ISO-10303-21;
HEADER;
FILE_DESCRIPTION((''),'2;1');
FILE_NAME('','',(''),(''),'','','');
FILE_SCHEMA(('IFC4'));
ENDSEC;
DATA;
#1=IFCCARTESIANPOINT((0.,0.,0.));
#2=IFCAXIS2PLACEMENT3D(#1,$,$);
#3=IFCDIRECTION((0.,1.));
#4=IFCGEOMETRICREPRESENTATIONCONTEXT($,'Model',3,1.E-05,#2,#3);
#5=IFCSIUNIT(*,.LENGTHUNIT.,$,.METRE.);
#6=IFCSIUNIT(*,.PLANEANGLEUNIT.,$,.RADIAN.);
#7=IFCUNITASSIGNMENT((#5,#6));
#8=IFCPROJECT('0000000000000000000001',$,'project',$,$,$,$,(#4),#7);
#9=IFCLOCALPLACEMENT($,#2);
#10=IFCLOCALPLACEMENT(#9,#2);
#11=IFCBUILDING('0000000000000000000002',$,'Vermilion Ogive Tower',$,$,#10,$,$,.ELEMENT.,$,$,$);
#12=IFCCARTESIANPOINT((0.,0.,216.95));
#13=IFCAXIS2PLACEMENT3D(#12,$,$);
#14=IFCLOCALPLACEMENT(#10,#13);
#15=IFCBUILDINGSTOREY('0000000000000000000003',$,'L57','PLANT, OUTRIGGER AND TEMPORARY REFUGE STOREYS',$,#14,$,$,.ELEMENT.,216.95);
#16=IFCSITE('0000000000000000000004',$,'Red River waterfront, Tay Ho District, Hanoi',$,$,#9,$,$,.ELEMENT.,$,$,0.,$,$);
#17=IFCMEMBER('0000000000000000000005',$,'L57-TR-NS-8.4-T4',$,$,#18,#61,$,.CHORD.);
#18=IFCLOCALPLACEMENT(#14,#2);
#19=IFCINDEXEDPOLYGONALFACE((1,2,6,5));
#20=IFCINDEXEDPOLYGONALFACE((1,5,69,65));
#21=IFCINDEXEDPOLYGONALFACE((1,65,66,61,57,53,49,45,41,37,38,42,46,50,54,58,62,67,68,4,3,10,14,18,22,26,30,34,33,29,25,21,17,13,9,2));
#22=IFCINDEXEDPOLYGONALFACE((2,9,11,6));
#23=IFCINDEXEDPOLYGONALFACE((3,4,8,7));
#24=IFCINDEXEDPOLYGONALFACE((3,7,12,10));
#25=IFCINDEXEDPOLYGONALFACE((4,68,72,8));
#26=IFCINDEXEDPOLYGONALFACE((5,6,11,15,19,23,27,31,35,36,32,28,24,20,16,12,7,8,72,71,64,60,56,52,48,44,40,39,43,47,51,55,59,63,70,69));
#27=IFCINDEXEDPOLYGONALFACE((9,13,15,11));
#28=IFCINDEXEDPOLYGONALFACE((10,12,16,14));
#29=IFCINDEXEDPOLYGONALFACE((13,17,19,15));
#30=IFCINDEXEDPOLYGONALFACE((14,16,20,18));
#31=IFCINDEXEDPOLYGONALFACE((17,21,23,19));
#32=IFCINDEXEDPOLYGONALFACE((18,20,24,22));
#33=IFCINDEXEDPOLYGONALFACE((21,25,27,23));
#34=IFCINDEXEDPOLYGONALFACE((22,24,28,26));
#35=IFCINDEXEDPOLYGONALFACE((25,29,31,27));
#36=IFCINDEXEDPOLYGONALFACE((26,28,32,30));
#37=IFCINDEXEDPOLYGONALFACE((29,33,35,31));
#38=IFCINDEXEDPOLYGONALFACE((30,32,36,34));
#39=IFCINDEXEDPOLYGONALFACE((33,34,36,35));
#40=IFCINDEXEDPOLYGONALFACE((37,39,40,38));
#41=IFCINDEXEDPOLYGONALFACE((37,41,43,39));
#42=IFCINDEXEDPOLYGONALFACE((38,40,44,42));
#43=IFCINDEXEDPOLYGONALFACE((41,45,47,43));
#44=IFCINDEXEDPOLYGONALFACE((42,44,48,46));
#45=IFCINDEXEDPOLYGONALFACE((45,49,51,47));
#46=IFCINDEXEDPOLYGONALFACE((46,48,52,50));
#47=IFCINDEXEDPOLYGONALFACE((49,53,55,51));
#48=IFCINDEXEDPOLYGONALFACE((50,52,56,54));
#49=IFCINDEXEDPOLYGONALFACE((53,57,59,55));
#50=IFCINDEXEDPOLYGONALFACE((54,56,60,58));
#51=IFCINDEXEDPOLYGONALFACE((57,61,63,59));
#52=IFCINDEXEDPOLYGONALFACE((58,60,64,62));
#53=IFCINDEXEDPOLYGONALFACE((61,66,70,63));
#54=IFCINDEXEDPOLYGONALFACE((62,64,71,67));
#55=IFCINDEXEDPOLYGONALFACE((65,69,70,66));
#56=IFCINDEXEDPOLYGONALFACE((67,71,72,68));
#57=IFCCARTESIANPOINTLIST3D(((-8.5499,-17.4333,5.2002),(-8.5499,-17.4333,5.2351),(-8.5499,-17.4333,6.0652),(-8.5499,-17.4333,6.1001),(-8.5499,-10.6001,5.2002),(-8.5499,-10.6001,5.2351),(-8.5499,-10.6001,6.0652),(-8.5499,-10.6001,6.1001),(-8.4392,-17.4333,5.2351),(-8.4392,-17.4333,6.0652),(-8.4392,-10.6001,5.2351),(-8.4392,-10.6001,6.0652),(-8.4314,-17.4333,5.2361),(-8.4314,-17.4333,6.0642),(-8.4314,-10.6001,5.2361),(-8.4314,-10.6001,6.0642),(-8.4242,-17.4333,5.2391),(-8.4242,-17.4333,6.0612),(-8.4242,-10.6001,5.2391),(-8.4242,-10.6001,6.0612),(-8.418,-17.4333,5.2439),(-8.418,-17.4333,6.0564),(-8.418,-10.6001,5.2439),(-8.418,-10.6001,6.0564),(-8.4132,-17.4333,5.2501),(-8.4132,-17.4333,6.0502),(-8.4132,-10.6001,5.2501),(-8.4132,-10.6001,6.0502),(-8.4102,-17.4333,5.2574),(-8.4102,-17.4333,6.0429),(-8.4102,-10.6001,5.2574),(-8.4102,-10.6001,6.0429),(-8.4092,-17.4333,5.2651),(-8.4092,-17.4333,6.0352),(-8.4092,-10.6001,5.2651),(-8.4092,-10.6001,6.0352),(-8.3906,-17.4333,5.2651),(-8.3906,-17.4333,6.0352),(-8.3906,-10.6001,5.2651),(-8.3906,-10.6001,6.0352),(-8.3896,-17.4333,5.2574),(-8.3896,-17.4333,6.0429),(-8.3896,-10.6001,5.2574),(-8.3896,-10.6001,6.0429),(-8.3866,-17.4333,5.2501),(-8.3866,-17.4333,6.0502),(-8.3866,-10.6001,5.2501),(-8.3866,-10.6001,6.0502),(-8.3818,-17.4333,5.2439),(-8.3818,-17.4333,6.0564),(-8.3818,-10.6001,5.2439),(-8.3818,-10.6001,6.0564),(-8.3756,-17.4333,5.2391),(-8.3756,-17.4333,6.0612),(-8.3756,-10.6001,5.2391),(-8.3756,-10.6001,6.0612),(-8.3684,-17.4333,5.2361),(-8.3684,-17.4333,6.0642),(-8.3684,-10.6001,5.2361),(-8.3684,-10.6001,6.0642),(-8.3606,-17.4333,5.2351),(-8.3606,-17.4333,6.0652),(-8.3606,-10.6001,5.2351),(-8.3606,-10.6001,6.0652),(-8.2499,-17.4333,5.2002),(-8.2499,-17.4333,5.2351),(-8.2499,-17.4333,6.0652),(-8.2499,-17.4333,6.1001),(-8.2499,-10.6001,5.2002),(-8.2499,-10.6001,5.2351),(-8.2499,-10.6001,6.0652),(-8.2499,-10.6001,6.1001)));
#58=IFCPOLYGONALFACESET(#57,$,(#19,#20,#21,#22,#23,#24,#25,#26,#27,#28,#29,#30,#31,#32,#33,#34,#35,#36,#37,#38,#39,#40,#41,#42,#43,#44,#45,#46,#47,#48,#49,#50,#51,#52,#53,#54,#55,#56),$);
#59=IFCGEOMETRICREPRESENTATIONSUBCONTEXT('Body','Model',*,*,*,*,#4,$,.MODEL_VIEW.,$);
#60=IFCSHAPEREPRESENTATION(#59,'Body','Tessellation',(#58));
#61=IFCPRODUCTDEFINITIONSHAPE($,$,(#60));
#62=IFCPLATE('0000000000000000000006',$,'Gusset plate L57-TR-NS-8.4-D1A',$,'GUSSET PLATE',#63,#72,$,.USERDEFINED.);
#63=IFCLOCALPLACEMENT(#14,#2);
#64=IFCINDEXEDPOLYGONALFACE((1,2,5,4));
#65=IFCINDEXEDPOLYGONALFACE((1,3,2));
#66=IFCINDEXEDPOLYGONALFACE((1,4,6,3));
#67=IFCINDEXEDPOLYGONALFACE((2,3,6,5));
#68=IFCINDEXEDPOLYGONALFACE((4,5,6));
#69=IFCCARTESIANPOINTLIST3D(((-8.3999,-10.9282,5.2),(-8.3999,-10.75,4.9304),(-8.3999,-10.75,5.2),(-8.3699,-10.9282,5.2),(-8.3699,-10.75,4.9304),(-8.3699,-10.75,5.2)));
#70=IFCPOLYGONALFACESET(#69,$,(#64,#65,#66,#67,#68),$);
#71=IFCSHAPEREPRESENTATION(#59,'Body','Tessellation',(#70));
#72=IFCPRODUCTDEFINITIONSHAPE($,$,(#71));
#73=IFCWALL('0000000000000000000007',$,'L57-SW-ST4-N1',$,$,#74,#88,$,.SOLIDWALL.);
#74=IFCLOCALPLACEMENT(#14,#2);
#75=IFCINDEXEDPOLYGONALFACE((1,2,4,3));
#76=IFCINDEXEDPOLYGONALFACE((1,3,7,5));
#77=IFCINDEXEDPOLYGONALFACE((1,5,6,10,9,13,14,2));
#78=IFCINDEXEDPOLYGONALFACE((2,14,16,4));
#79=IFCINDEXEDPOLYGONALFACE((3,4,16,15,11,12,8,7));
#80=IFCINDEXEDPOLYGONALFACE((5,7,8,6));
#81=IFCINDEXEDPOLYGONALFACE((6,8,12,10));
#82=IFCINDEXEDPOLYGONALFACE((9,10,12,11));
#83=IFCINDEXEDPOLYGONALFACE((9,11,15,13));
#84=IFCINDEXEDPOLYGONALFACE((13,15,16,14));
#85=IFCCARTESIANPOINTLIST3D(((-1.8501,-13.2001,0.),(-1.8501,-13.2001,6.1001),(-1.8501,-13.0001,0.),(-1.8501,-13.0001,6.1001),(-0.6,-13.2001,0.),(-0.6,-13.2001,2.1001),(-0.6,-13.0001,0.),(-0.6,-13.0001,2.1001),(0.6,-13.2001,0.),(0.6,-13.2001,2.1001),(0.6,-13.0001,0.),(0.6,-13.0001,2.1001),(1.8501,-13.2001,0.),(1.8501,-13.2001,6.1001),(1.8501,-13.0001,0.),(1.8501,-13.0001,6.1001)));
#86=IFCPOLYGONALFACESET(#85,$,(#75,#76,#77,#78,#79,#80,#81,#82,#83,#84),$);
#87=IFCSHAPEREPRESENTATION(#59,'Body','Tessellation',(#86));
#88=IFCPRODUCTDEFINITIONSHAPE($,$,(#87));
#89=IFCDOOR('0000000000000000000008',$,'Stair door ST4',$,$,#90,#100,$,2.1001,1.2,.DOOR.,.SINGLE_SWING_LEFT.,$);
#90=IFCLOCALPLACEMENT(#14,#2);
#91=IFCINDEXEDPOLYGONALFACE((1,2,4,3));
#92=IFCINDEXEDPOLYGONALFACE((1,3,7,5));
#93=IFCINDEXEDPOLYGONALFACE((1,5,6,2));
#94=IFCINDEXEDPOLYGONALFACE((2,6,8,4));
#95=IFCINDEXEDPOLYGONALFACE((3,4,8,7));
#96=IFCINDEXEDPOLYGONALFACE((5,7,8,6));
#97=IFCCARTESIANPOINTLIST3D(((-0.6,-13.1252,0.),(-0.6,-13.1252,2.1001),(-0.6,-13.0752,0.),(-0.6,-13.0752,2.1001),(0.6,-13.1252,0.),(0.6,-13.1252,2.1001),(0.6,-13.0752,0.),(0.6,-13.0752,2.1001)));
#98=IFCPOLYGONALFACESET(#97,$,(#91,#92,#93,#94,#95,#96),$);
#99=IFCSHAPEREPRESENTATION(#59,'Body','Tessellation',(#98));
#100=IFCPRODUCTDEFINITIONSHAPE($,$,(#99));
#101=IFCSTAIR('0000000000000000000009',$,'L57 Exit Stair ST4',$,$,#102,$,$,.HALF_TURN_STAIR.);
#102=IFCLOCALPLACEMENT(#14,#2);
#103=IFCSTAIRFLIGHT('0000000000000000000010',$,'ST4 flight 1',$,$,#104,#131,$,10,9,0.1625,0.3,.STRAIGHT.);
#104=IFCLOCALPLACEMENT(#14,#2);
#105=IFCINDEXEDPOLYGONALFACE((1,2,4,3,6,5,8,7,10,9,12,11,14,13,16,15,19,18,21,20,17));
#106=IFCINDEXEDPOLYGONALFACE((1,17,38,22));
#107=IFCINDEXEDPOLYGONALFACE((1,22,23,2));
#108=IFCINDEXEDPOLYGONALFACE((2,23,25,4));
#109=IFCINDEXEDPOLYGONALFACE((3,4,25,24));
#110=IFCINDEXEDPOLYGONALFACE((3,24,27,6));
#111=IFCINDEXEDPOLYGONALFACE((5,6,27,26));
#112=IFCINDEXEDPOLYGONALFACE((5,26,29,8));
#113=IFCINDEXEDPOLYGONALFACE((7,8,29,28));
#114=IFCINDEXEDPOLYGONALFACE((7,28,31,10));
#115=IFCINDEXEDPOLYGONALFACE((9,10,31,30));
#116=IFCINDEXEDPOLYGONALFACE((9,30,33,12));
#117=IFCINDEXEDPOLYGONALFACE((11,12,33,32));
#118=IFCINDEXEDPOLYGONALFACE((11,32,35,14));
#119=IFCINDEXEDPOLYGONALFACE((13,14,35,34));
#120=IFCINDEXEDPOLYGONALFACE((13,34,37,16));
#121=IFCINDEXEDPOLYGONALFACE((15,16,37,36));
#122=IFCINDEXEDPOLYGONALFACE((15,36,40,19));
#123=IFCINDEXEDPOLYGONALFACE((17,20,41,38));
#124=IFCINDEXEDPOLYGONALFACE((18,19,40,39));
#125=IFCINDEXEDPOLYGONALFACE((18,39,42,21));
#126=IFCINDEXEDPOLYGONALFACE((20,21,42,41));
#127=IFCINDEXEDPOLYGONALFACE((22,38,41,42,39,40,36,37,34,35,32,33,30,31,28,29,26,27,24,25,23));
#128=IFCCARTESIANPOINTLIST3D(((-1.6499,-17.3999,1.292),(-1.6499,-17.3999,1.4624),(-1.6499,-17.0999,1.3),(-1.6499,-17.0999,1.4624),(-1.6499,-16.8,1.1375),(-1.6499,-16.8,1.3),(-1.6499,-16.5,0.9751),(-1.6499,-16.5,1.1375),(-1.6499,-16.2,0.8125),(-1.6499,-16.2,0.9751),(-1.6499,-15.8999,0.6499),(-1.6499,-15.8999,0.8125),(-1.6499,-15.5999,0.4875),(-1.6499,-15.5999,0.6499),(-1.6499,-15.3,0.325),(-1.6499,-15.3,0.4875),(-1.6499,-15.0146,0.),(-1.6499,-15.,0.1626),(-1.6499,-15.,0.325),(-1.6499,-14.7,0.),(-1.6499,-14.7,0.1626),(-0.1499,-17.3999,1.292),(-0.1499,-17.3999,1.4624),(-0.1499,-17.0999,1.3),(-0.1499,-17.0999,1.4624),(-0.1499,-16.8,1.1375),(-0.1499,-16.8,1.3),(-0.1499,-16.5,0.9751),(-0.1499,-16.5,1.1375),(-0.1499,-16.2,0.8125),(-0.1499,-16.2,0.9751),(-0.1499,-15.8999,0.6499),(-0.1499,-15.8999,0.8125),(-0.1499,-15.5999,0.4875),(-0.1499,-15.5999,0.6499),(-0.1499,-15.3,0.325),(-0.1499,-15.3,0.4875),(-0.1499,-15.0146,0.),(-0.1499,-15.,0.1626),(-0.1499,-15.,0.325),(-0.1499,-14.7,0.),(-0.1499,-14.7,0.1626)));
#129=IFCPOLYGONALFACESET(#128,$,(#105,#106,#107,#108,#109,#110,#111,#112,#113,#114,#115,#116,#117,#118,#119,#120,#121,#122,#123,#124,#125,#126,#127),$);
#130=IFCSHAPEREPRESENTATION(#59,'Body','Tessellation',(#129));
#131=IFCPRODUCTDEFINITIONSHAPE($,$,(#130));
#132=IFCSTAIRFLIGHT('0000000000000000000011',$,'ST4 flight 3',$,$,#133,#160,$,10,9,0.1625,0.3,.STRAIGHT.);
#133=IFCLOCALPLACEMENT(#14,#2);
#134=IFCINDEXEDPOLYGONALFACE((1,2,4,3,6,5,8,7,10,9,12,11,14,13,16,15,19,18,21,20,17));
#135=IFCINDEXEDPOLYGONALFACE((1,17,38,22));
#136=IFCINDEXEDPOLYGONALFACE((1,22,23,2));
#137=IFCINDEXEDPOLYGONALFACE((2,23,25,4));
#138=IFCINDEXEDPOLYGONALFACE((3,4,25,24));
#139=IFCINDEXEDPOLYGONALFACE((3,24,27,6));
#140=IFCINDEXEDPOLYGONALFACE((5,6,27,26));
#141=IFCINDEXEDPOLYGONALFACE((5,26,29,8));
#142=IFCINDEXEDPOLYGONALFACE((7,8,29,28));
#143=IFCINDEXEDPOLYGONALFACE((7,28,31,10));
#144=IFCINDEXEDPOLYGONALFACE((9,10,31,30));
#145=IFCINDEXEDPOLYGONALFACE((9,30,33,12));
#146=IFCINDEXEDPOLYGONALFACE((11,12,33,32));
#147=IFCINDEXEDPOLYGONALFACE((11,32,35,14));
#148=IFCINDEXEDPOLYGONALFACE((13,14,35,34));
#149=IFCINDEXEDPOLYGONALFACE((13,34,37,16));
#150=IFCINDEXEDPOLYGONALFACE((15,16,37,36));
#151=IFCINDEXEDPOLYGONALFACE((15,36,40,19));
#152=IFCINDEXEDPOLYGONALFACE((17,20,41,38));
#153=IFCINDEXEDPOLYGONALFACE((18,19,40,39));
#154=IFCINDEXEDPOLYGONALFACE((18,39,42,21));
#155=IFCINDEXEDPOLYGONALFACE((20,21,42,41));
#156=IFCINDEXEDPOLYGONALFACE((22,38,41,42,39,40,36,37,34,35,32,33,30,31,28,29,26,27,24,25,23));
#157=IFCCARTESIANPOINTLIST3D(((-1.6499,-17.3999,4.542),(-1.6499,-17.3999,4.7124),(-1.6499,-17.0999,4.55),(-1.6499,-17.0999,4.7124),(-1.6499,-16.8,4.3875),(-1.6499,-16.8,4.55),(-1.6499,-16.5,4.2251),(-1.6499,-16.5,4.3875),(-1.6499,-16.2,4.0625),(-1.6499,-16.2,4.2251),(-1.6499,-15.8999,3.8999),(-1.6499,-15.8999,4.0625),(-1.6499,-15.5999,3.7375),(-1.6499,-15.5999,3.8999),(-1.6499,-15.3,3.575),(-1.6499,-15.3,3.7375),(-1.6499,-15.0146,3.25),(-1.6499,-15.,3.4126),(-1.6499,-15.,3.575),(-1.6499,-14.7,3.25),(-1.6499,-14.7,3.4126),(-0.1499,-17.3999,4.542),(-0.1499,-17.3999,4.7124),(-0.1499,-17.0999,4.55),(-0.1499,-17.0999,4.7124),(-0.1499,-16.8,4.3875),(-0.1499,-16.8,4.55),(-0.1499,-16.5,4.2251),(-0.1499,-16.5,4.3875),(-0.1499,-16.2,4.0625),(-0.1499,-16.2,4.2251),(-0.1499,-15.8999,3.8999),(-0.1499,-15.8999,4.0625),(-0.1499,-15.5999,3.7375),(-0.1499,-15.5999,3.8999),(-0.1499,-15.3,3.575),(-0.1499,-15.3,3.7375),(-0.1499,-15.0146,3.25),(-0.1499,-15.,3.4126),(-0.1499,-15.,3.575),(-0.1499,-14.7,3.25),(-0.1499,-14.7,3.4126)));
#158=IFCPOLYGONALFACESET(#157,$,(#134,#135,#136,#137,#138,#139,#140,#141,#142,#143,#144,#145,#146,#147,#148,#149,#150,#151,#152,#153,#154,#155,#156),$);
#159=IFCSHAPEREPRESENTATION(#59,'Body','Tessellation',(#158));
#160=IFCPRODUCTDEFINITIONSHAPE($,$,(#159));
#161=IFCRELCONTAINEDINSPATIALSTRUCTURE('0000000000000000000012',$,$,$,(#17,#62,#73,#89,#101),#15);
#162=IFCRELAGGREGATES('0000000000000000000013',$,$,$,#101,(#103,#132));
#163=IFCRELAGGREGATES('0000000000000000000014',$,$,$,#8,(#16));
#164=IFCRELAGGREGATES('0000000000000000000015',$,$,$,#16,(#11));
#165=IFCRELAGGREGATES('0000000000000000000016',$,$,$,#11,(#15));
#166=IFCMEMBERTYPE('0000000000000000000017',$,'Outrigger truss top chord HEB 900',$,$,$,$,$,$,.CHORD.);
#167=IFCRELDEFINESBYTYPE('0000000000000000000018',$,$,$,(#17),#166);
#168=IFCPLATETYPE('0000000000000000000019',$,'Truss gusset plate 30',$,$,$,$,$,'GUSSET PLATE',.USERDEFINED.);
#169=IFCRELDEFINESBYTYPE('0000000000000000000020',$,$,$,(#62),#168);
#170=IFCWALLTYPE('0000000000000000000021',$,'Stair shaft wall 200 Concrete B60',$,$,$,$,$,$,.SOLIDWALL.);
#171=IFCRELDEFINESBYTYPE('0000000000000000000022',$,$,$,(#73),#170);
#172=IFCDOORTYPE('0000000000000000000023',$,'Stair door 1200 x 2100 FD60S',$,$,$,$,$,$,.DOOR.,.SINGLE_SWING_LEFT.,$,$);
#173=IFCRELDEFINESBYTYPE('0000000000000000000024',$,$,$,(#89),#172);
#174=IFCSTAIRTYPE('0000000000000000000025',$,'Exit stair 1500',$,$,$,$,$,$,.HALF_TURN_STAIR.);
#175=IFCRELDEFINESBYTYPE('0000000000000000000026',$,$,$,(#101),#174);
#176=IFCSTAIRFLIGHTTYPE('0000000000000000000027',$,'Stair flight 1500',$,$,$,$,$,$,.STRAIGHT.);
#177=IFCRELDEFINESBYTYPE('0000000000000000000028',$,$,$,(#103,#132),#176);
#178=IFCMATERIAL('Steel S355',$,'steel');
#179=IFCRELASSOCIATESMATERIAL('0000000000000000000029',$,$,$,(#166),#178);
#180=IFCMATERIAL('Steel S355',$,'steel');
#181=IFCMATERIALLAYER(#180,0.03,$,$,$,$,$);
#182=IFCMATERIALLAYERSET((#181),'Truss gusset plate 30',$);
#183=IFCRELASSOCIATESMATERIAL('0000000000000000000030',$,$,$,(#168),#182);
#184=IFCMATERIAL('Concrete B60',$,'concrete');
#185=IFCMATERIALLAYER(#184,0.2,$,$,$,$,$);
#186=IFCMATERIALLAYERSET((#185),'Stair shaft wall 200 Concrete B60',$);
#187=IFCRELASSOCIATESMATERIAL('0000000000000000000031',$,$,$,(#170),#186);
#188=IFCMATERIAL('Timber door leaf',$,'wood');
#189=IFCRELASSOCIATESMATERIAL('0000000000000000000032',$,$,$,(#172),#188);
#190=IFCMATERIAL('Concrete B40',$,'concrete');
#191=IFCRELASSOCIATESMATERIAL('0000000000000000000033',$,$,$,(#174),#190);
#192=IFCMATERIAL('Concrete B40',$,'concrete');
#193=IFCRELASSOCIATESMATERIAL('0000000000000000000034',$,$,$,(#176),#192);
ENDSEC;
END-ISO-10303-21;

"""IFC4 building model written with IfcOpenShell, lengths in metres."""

from ifc_helpers import new_model, si_unit, direction, frame, frame_2d, origin, origin_2d, place, context, subcontext, project, spatial, polyline, rectangle, i_section, outline, extrude, material, layer, layer_set, material_profile, profile_set, type_object, element, fill, aggregate, save


model = new_model("IFC4")

# Units and contexts
model_context = context("Model", 3, precision=1e-05, world=origin(), true_north=direction((0.0, 1.0)))
body_context = subcontext(model_context, "Body", "Model", "MODEL_VIEW")
ifc_project = project(units=[si_unit("LENGTHUNIT", "METRE"), si_unit("PLANEANGLEUNIT", "RADIAN")], contexts=[model_context])

# Site, building, storey
site_placement = place(None, origin())
site = spatial("IfcSite", under=ifc_project, at=site_placement, Name="Red River waterfront, Tay Ho District, Hanoi", CompositionType="ELEMENT", RefElevation=0.0)
building_placement = place(site_placement, origin())
building = spatial("IfcBuilding", under=site, at=building_placement, Name="Vermilion Ogive Tower", CompositionType="ELEMENT")
storey_placement = place(building_placement, frame((0.0, 0.0, 216.95)))
storey = spatial("IfcBuildingStorey", under=building, at=storey_placement, Name="L57", Description="PLANT, OUTRIGGER AND TEMPORARY REFUGE STOREYS", CompositionType="ELEMENT", Elevation=216.95)

# Member
ifc_material_1 = material(Name="Steel S355", Category="steel")
ifc_material_profile_1 = material_profile(ifc_material_1, i_section(OverallWidth=0.3, OverallDepth=0.8999, WebThickness=0.0186, FlangeThickness=0.0349, FilletRadius=0.03, at=origin_2d()), Name="HEB 900")
ifc_profile_set_1 = profile_set([ifc_material_profile_1], Name="Steel S355")
member_type_1 = type_object("IfcMemberType", Name="Outrigger truss top chord HEB 900", PredefinedType="CHORD", material=ifc_profile_set_1)
member_1_placement = place(storey_placement, frame((-8.3999, -10.6001, 5.6501), z_axis=(0.0, -1.0, 0.0), x_axis=(1.0, 0.0, 0.0)))
element("IfcMember", 1, at=member_1_placement, inside=storey, type_object=member_type_1, Name="L57-TR-NS-8.4-T4", PredefinedType="CHORD", context=body_context, shape_type="SweptSolid", body=[
    extrude(i_section(OverallWidth=0.3, OverallDepth=0.8999, WebThickness=0.0186, FlangeThickness=0.0349, FilletRadius=0.03, at=origin_2d()), origin(), (0.0, 0.0, 1.0), 6.8333),
])

# Plate
ifc_material_2 = material(Name="Steel S355", Category="steel")
ifc_layer_1 = layer(ifc_material_2, 0.03)
ifc_layer_set_1 = layer_set([ifc_layer_1], Name="Truss gusset plate 30")
plate_type = type_object("IfcPlateType", Name="Truss gusset plate 30", ElementType="GUSSET PLATE", PredefinedType="USERDEFINED", material=ifc_layer_set_1)
plate_placement = place(storey_placement, frame((-8.3999, -10.75, 4.9304), z_axis=(-1.0, 0.0, 0.0), x_axis=(0.0, -0.551558, 0.834137)))
element("IfcPlate", 2, at=plate_placement, inside=storey, type_object=plate_type, Name="Gusset plate L57-TR-NS-8.4-D1A", ObjectType="GUSSET PLATE", PredefinedType="USERDEFINED", context=body_context, shape_type="SweptSolid", body=[
    extrude(outline(polyline([(0.0, 0.0), (0.3231, 0.0), (0.2248, 0.1487), (0.0, 0.0)])), origin(), (0.0, 0.0, -1.0), 0.03),
])

# Wall, opening, door
ifc_material_3 = material(Name="Concrete B60", Category="concrete")
ifc_layer_2 = layer(ifc_material_3, 0.2)
ifc_layer_set_2 = layer_set([ifc_layer_2], Name="Stair shaft wall 200 Concrete B60")
wall_type = type_object("IfcWallType", Name="Stair shaft wall 200 Concrete B60", PredefinedType="SOLIDWALL", material=ifc_layer_set_2)
wall_placement = place(storey_placement, frame((-1.8501, -13.1001, 0.0), z_axis=(0.0, 0.0, 1.0), x_axis=(1.0, 0.0, 0.0)))
wall = element("IfcWall", 3, at=wall_placement, inside=storey, type_object=wall_type, Name="L57-SW-ST4-N1", PredefinedType="SOLIDWALL", context=body_context, shape_type="SweptSolid", body=[
    extrude(rectangle(XDim=3.7002, YDim=0.2, at=frame_2d((1.8501, 0.0))), origin(), (0.0, 0.0, 1.0), 6.1001),
])
opening_placement = place(wall_placement, frame((1.25, 0.0, 0.0)))
opening = element("IfcOpeningElement", 4, at=opening_placement, cuts=wall, PredefinedType="OPENING", context=body_context, shape_type="SweptSolid", body=[
    extrude(rectangle(XDim=1.2, YDim=2.1001, at=frame_2d((0.6001, 1.05))), frame((0.0, 0.1099, 0.0), z_axis=(0.0, -1.0, 0.0), x_axis=(1.0, 0.0, 0.0)), (0.0, 0.0, 1.0), 0.22),
])
ifc_material_4 = material(Name="Timber door leaf", Category="wood")
door_type = type_object("IfcDoorType", Name="Stair door 1200 x 2100 FD60S", OperationType="SINGLE_SWING_LEFT", PredefinedType="DOOR", material=ifc_material_4)
door_placement = place(opening_placement, origin())
door = element("IfcDoor", 5, at=door_placement, inside=storey, type_object=door_type, Name="Stair door ST4", OperationType="SINGLE_SWING_LEFT", OverallHeight=2.1001, OverallWidth=1.2, PredefinedType="DOOR", context=body_context, shape_type="SweptSolid", body=[
    extrude(rectangle(XDim=1.2, YDim=2.1001, at=frame_2d((0.6001, 1.05))), frame((0.0, 0.0249, 0.0), z_axis=(0.0, -1.0, 0.0), x_axis=(1.0, 0.0, 0.0)), (0.0, 0.0, 1.0), 0.05),
])
fill(opening, door)

# Stair, stair flights
ifc_material_5 = material(Name="Concrete B40", Category="concrete")
stair_type = type_object("IfcStairType", Name="Exit stair 1500", PredefinedType="HALF_TURN_STAIR", material=ifc_material_5)
stair_placement = place(storey_placement, origin())
stair = element("IfcStair", 6, at=stair_placement, inside=storey, type_object=stair_type, Name="L57 Exit Stair ST4", PredefinedType="HALF_TURN_STAIR")
ifc_material_6 = material(Name="Concrete B40", Category="concrete")
stair_flight_type = type_object("IfcStairFlightType", Name="Stair flight 1500", PredefinedType="STRAIGHT", material=ifc_material_6)
stair_flight_1_placement = place(storey_placement, frame((-0.8999, -14.7, 0.0), z_axis=(0.0, 0.0, 1.0), x_axis=(0.0, -1.0, 0.0)))
stair_flight_1 = element("IfcStairFlight", 7, at=stair_flight_1_placement, type_object=stair_flight_type, Name="ST4 flight 1", NumberOfRisers=10, NumberOfTreads=9, PredefinedType="STRAIGHT", RiserHeight=0.1625, TreadLength=0.3, context=body_context, shape_type="SweptSolid", body=[
    extrude(outline(polyline([(0.0, 0.0), (0.0, 0.1626), (0.3, 0.1626), (0.3, 0.325), (0.6001, 0.325), (0.6001, 0.4875), (0.8999, 0.4875), (0.8999, 0.6499), (1.2, 0.6499), (1.2, 0.8125), (1.5, 0.8125), (1.5, 0.9751), (1.8, 0.9751), (1.8, 1.1375), (2.1001, 1.1375), (2.1001, 1.3), (2.3999, 1.3), (2.3999, 1.4624), (2.7, 1.4624), (2.7, 1.625), (2.7, 1.292), (0.3147, 0.0), (0.0, 0.0)])), frame((0.0, 0.75, 0.0), z_axis=(0.0, -1.0, 0.0), x_axis=(1.0, 0.0, 0.0)), (0.0, 0.0, 1.0), 1.5),
])
stair_flight_2_placement = place(storey_placement, frame((-0.8999, -14.7, 3.25), z_axis=(0.0, 0.0, 1.0), x_axis=(0.0, -1.0, 0.0)))
stair_flight_2 = element("IfcStairFlight", 8, at=stair_flight_2_placement, type_object=stair_flight_type, Name="ST4 flight 3", NumberOfRisers=10, NumberOfTreads=9, PredefinedType="STRAIGHT", RiserHeight=0.1625, TreadLength=0.3, context=body_context, shape_type="SweptSolid", body=[
    extrude(outline(polyline([(0.0, 0.0), (0.0, 0.1626), (0.3, 0.1626), (0.3, 0.325), (0.6001, 0.325), (0.6001, 0.4875), (0.8999, 0.4875), (0.8999, 0.6499), (1.2, 0.6499), (1.2, 0.8125), (1.5, 0.8125), (1.5, 0.9751), (1.8, 0.9751), (1.8, 1.1375), (2.1001, 1.1375), (2.1001, 1.3), (2.3999, 1.3), (2.3999, 1.4624), (2.7, 1.4624), (2.7, 1.625), (2.7, 1.292), (0.3147, 0.0), (0.0, 0.0)])), frame((0.0, 0.75, 0.0), z_axis=(0.0, -1.0, 0.0), x_axis=(1.0, 0.0, 0.0)), (0.0, 0.0, 1.0), 1.5),
])
aggregate(stair, [stair_flight_1, stair_flight_2])

save(model, "model.ifc")
